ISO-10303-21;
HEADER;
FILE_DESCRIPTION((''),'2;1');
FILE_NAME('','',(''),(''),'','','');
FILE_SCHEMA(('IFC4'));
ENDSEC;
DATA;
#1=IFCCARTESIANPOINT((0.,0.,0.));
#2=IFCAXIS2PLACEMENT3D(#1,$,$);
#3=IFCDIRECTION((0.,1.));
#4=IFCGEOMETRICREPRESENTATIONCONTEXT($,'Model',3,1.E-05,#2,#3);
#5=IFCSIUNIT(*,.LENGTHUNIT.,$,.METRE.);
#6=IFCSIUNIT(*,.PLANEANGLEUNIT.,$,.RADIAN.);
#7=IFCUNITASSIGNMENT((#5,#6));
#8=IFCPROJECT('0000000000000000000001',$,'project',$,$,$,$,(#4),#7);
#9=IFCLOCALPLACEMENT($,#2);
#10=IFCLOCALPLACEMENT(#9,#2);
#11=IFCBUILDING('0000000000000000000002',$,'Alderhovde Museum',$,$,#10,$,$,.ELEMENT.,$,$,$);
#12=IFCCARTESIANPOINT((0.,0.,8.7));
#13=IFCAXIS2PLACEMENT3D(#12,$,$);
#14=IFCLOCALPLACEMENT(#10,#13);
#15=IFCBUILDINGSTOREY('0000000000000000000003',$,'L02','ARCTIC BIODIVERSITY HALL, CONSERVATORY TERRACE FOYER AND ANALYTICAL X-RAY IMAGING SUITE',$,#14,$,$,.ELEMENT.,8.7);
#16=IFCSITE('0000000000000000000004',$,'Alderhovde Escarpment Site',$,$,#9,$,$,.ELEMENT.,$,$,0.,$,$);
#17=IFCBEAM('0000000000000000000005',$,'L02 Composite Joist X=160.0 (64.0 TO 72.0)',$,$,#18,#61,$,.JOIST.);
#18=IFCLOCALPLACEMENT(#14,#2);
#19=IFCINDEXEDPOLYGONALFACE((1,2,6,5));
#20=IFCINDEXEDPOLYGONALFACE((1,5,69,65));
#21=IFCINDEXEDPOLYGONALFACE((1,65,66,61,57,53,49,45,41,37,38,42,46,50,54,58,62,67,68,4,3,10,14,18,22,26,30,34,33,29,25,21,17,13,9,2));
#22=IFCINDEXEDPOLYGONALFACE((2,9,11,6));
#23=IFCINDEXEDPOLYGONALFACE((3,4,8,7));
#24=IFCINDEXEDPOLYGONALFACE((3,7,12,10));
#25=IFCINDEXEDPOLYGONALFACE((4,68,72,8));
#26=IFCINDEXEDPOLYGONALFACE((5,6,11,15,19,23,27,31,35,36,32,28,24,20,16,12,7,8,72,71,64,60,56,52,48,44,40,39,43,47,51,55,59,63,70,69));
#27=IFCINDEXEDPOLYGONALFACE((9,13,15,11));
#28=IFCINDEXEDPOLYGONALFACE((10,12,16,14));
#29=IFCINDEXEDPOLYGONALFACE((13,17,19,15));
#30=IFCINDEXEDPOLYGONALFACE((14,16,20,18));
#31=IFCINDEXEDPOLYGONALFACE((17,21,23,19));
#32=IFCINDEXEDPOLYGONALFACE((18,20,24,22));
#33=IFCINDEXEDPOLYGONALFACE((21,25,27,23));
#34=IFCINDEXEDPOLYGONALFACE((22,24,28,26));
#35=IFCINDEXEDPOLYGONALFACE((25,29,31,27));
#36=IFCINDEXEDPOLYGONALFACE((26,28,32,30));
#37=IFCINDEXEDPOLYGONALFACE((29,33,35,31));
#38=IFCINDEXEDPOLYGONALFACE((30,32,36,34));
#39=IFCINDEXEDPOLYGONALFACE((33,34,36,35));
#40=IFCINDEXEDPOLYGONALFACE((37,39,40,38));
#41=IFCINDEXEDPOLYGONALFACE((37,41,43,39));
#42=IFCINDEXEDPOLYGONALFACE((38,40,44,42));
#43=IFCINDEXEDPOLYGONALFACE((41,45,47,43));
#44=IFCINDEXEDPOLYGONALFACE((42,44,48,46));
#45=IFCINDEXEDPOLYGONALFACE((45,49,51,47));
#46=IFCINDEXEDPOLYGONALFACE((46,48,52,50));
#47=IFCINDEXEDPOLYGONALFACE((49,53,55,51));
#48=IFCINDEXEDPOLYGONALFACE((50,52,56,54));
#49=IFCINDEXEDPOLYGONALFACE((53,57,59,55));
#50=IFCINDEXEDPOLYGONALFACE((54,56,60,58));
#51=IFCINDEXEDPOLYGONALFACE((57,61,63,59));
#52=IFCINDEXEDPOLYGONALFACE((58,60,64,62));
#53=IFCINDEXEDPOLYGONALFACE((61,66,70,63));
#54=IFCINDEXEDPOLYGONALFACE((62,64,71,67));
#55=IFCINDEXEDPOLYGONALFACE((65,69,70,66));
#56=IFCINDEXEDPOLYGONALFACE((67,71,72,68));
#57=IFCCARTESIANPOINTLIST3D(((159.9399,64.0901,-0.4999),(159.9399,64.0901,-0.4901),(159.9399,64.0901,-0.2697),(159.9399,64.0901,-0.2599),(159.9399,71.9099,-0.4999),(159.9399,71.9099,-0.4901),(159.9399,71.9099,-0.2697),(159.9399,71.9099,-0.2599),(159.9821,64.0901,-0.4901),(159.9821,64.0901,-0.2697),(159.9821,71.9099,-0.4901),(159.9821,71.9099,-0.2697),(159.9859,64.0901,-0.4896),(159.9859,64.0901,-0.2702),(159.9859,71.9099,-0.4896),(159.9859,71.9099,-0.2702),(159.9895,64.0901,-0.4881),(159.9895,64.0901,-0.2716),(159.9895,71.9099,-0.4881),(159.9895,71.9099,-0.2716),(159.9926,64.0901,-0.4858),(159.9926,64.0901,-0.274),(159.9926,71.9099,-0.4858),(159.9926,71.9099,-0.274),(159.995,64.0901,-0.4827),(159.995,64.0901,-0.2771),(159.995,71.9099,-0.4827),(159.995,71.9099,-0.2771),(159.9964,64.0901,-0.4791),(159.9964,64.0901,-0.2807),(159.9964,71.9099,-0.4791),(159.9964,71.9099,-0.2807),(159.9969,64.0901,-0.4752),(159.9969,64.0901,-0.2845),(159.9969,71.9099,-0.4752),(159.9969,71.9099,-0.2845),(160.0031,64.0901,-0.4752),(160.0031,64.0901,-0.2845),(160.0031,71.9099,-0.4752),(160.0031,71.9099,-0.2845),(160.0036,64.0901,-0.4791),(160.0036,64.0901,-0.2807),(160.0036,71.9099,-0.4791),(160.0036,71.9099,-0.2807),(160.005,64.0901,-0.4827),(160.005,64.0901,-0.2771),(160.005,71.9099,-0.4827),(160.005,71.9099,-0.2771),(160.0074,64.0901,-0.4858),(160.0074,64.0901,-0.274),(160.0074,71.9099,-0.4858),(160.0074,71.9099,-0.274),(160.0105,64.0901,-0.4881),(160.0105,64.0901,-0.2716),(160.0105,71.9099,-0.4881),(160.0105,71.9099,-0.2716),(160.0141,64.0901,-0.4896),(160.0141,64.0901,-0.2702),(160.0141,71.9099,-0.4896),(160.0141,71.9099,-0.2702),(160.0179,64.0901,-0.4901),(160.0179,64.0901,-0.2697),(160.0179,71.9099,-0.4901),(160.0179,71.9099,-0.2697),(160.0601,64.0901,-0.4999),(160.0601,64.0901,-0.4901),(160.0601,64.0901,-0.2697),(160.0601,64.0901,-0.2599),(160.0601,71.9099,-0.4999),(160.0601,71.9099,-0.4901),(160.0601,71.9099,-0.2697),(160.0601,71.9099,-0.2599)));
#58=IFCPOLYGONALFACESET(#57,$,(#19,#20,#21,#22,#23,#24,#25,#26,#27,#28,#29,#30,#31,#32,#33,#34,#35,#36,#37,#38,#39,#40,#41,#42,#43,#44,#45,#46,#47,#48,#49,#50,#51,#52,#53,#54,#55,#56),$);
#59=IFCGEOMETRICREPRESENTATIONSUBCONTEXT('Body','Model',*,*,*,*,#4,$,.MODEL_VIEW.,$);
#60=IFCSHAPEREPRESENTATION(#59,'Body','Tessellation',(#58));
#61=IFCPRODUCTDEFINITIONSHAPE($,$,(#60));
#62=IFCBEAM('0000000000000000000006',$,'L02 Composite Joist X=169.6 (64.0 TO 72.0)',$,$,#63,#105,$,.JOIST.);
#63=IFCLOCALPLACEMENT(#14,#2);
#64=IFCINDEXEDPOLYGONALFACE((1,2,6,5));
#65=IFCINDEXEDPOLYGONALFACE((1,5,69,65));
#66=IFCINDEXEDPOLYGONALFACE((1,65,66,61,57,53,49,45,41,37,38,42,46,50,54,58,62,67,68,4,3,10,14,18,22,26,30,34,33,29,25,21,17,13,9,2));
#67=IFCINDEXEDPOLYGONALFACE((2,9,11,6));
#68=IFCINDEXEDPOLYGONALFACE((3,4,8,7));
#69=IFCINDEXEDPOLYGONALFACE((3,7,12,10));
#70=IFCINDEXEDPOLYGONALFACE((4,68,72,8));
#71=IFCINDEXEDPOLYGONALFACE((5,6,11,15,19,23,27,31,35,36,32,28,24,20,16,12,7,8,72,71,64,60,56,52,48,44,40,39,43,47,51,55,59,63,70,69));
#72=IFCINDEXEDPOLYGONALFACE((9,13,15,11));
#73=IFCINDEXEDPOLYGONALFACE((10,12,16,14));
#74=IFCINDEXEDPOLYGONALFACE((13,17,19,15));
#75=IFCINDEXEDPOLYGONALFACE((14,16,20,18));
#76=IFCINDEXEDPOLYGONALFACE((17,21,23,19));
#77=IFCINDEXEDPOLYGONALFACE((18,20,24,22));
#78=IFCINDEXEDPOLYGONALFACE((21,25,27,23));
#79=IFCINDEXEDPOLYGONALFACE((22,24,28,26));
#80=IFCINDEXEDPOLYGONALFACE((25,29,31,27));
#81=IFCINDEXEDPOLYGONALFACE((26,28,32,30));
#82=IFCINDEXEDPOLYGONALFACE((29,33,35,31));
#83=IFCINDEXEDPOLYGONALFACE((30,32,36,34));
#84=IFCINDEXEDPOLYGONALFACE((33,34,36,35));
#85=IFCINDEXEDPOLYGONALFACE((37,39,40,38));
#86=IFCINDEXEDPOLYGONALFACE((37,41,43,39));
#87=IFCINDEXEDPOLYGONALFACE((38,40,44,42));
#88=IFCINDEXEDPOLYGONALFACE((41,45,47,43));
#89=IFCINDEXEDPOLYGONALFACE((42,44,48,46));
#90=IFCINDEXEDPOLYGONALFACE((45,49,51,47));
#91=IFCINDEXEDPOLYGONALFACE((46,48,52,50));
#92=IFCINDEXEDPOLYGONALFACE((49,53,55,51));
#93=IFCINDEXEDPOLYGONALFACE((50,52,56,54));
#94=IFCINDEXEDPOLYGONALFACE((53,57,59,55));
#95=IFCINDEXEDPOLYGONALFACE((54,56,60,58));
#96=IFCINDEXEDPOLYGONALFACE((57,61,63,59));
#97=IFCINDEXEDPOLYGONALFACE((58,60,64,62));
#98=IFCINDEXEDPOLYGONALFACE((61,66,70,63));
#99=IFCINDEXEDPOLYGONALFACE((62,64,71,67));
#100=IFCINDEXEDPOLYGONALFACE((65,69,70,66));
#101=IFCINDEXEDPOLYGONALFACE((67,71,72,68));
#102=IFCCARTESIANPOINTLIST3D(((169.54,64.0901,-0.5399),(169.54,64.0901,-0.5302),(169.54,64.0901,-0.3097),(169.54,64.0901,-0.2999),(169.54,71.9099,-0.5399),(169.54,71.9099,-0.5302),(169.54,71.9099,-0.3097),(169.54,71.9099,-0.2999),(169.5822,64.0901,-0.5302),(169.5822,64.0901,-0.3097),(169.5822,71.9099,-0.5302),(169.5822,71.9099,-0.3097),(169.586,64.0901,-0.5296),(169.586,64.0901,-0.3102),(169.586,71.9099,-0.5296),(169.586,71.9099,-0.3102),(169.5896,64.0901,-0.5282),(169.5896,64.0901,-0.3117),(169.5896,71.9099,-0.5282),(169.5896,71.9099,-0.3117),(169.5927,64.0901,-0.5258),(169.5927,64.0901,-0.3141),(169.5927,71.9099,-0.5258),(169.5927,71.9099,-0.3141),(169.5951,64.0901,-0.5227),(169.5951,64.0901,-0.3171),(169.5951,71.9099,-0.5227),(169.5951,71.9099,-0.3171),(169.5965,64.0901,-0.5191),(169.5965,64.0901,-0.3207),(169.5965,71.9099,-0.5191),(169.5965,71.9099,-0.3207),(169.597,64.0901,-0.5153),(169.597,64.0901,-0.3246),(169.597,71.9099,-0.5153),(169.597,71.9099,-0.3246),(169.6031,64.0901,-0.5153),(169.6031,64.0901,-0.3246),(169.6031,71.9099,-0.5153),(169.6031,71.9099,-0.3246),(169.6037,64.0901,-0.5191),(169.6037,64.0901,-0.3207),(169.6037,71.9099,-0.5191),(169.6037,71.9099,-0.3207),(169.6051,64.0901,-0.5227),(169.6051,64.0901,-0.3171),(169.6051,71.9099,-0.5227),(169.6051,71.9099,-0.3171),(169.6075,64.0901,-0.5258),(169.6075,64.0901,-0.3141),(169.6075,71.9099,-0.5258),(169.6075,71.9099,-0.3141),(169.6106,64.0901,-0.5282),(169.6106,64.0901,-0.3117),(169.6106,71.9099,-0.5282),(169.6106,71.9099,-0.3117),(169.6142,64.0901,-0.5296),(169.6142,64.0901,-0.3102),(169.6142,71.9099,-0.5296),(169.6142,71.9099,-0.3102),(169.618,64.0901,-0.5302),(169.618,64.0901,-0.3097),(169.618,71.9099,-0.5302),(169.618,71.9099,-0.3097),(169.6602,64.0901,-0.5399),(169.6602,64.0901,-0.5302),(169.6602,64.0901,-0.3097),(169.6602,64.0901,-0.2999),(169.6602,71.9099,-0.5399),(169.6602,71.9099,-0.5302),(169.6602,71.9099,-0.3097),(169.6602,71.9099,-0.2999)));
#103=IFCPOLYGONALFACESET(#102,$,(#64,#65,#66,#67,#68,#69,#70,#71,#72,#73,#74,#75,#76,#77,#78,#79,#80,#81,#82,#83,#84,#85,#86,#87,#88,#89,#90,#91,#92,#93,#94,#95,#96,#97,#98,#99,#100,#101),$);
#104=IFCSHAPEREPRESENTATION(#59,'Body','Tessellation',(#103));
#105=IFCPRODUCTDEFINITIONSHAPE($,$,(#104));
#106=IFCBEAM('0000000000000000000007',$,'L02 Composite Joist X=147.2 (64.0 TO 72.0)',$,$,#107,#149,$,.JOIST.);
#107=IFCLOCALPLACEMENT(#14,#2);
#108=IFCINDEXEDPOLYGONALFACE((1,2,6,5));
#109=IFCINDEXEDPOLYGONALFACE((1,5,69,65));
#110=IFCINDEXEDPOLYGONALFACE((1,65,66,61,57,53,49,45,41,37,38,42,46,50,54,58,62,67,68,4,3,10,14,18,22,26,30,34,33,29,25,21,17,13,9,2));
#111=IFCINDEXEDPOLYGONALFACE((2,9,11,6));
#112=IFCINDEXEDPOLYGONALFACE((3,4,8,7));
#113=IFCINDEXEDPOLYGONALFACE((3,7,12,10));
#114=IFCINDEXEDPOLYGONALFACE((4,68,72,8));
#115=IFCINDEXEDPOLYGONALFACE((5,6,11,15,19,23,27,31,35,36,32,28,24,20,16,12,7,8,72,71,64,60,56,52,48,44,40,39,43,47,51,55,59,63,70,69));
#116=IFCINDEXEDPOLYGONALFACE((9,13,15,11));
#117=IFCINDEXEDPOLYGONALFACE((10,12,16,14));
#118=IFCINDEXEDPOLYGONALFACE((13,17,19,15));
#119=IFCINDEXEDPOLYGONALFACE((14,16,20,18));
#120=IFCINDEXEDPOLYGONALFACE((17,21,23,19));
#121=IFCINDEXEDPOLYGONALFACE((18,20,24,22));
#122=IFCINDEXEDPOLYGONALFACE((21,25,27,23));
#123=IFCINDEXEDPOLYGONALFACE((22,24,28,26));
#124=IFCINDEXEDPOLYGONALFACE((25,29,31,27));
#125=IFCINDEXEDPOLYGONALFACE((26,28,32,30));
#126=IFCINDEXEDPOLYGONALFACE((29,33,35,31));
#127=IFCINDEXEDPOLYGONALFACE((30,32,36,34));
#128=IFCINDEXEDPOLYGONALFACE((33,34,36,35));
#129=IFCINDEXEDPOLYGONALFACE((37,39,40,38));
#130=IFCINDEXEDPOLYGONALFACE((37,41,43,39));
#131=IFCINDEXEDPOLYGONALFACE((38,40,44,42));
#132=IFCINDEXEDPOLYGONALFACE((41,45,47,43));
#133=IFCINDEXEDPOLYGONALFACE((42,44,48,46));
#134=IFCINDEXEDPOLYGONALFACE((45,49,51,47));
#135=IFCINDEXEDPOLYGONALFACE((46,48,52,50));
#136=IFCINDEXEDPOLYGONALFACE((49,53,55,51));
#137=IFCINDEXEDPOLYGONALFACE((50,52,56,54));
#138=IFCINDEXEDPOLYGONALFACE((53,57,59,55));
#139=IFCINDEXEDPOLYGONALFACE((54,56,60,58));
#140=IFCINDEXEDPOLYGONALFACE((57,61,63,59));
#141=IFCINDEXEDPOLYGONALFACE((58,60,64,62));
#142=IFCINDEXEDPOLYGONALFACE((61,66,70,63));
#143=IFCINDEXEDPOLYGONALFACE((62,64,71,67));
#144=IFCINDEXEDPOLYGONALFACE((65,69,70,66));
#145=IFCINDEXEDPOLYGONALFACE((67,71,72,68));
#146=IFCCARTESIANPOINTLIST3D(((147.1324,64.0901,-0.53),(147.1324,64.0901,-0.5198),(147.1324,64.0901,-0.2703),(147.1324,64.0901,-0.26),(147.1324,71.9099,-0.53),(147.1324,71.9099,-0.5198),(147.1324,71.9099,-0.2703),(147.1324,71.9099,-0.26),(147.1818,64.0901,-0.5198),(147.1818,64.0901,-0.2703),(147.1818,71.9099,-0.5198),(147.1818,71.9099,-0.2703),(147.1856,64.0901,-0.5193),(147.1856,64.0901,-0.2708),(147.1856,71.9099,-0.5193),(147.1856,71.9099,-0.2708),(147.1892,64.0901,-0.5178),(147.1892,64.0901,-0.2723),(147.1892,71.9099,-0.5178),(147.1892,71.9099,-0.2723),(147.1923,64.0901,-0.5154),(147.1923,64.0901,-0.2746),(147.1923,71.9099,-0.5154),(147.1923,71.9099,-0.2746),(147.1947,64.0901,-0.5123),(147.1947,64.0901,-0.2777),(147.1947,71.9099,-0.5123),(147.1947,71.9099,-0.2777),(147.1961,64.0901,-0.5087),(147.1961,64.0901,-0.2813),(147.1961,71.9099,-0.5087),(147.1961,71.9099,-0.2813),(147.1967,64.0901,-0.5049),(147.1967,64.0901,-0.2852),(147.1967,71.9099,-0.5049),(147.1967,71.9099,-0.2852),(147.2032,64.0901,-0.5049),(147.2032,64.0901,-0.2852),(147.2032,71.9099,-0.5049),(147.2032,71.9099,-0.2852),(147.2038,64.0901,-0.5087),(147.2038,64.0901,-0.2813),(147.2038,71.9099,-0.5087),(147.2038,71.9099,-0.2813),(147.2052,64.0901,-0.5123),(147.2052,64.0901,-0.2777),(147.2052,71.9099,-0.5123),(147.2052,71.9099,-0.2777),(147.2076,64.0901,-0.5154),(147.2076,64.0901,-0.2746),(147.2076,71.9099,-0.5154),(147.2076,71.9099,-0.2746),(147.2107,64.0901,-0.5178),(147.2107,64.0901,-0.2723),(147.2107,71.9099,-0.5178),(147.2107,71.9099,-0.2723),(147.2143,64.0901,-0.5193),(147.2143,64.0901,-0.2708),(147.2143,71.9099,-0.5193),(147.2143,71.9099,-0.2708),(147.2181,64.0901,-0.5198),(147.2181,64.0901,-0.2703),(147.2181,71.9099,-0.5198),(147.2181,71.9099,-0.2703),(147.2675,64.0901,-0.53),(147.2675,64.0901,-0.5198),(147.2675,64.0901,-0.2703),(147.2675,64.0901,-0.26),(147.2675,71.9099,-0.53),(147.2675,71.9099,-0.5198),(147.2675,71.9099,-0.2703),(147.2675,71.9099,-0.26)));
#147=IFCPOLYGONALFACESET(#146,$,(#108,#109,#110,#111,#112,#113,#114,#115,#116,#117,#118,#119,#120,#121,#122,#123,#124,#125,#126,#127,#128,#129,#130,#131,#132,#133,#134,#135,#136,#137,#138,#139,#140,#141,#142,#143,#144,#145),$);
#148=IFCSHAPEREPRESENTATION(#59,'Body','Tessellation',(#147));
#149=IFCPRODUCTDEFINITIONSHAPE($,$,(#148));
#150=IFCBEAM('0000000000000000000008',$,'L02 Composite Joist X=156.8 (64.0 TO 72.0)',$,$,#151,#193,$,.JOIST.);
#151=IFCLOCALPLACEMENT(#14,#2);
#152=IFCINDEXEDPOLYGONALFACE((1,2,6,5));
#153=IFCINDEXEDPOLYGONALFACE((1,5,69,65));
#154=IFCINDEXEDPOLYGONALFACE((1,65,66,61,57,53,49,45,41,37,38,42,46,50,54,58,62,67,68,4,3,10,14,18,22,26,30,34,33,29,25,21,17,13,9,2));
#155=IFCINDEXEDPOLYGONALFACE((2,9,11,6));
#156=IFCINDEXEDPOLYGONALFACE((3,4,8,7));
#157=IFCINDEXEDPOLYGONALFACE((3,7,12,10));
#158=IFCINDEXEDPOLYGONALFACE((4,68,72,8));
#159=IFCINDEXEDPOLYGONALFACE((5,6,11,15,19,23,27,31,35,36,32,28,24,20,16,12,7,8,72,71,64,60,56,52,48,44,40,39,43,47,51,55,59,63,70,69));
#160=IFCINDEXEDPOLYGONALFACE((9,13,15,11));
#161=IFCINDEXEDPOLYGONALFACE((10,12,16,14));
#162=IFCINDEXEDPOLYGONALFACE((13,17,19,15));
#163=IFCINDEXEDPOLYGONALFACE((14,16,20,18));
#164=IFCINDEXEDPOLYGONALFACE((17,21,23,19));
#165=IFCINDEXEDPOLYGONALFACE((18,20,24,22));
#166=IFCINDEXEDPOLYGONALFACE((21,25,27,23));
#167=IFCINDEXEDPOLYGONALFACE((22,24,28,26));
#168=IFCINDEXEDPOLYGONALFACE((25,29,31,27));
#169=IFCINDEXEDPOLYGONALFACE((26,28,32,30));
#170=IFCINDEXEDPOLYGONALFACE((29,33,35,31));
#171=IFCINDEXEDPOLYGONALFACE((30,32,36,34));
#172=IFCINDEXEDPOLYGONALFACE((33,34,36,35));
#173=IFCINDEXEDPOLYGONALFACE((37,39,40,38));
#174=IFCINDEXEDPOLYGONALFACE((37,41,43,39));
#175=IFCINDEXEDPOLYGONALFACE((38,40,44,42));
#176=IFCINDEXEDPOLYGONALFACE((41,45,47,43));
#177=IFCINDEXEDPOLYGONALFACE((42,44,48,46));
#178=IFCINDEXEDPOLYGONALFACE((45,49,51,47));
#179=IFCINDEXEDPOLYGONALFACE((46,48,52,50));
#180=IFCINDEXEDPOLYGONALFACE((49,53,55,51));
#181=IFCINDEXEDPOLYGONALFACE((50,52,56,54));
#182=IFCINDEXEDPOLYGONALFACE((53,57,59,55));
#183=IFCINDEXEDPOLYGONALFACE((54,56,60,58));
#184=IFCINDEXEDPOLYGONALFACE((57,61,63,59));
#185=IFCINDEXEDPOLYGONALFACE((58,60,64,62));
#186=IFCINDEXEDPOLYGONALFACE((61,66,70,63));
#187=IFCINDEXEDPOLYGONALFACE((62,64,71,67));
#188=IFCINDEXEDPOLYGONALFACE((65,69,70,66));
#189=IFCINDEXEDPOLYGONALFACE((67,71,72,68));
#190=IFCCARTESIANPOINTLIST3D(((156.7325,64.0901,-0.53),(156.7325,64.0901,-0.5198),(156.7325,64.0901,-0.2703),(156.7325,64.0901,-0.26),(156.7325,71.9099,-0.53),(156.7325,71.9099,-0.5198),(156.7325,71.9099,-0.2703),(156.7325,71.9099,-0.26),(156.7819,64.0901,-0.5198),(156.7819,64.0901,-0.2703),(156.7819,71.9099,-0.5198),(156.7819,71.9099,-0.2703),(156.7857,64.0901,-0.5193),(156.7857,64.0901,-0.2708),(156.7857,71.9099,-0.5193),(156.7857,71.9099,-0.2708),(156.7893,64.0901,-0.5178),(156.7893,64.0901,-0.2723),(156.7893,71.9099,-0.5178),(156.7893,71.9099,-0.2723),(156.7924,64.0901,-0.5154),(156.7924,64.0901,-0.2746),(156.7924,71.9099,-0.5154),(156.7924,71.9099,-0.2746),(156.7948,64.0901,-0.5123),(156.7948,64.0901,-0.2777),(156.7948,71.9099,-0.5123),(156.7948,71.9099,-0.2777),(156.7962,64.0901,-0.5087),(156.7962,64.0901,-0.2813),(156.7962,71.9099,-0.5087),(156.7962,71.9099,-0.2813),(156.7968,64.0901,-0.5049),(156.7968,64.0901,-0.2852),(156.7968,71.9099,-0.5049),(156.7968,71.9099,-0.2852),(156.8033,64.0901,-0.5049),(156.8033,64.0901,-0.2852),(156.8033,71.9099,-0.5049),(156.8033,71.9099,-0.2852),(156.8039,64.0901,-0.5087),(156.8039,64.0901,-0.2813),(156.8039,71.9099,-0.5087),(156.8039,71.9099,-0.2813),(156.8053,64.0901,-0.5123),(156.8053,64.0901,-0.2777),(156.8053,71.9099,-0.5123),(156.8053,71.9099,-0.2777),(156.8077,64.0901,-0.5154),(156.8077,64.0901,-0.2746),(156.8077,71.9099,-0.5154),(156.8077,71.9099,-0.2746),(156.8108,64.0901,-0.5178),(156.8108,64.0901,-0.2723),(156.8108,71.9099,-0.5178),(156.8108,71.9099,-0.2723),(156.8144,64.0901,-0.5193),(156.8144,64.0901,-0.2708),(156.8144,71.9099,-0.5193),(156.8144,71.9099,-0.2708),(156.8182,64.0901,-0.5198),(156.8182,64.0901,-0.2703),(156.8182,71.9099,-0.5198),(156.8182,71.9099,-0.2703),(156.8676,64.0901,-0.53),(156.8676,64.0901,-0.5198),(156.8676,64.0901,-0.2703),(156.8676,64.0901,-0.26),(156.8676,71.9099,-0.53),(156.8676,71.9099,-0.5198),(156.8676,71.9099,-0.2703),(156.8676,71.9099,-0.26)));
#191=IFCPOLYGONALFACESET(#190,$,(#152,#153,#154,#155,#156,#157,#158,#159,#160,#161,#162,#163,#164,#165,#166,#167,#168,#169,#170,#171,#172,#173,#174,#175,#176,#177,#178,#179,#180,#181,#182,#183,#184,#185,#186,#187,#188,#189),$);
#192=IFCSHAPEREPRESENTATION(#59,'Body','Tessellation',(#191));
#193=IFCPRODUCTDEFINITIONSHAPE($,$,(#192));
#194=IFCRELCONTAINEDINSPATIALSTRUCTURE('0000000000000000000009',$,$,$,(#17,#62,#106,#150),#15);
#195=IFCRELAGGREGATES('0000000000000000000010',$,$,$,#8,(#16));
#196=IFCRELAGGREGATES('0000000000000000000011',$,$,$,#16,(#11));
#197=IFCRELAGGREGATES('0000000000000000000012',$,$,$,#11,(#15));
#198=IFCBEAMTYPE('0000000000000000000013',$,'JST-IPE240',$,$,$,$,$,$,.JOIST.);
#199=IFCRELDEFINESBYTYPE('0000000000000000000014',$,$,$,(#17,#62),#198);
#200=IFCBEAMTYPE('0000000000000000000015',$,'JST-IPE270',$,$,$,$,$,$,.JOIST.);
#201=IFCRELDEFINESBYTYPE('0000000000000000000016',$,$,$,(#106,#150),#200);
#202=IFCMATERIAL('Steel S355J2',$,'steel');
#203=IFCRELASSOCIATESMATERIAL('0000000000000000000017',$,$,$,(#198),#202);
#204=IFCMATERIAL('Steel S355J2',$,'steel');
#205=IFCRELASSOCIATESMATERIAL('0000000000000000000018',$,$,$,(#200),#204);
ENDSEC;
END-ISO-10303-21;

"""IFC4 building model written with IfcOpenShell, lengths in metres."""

from ifc_helpers import new_model, si_unit, direction, frame, origin, origin_2d, place, context, subcontext, project, spatial, i_section, extrude, material, material_profile, profile_set, type_object, element, save


model = new_model("IFC4")

# Units and contexts
model_context = context("Model", 3, precision=1e-05, world=origin(), true_north=direction((0.0, 1.0)))
body_context = subcontext(model_context, "Body", "Model", "MODEL_VIEW")
ifc_project = project(units=[si_unit("LENGTHUNIT", "METRE"), si_unit("PLANEANGLEUNIT", "RADIAN")], contexts=[model_context])

# Site, building, storey
site_placement = place(None, origin())
site = spatial("IfcSite", under=ifc_project, at=site_placement, Name="Alderhovde Escarpment Site", CompositionType="ELEMENT", RefElevation=0.0)
building_placement = place(site_placement, origin())
building = spatial("IfcBuilding", under=site, at=building_placement, Name="Alderhovde Museum", CompositionType="ELEMENT")
storey_placement = place(building_placement, frame((0.0, 0.0, 8.7)))
storey = spatial("IfcBuildingStorey", under=building, at=storey_placement, Name="L02", Description="ARCTIC BIODIVERSITY HALL, CONSERVATORY TERRACE FOYER AND ANALYTICAL X-RAY IMAGING SUITE", CompositionType="ELEMENT", Elevation=8.7)

# Beams
ifc_material_1 = material(Name="Steel S355J2", Category="steel")
ifc_material_profile_1 = material_profile(ifc_material_1, i_section(OverallWidth=0.1201, OverallDepth=0.24, WebThickness=0.0061, FlangeThickness=0.0098, FilletRadius=0.0149, at=origin_2d()), Name="IPE 240")
ifc_profile_set_1 = profile_set([ifc_material_profile_1], Name="Steel S355J2")
beam_type_1 = type_object("IfcBeamType", Name="JST-IPE240", PredefinedType="JOIST", material=ifc_profile_set_1)
for number, where, z_axis, x_axis, name in (
    (1, (160.0, 64.0901, -0.3799), (0.0, 1.0, 0.0), (-1.0, 0.0, 0.0), "L02 Composite Joist X=160.0 (64.0 TO 72.0)"),
    (2, (169.6001, 64.0901, -0.4199), (0.0, 1.0, 0.0), (-1.0, 0.0, 0.0), "L02 Composite Joist X=169.6 (64.0 TO 72.0)"),
):
    element("IfcBeam", number, at=place(storey_placement, frame(where, z_axis=z_axis, x_axis=x_axis)), inside=storey, type_object=beam_type_1, Name=name, PredefinedType="JOIST", context=body_context, shape_type="SweptSolid", body=[
        extrude(i_section(OverallWidth=0.1201, OverallDepth=0.24, WebThickness=0.0061, FlangeThickness=0.0098, FilletRadius=0.0149, at=origin_2d()), origin(), (0.0, 0.0, 1.0), 7.8198),
    ])
ifc_material_2 = material(Name="Steel S355J2", Category="steel")
ifc_material_profile_2 = material_profile(ifc_material_2, i_section(OverallWidth=0.135, OverallDepth=0.27, WebThickness=0.0066, FlangeThickness=0.0103, FilletRadius=0.0149, at=origin_2d()), Name="IPE 270")
ifc_profile_set_2 = profile_set([ifc_material_profile_2], Name="Steel S355J2")
beam_type_2 = type_object("IfcBeamType", Name="JST-IPE270", PredefinedType="JOIST", material=ifc_profile_set_2)
for number, where, z_axis, x_axis, name in (
    (3, (147.2, 64.0901, -0.395), (0.0, 1.0, 0.0), (-1.0, 0.0, 0.0), "L02 Composite Joist X=147.2 (64.0 TO 72.0)"),
    (4, (156.8, 64.0901, -0.395), (0.0, 1.0, 0.0), (-1.0, 0.0, 0.0), "L02 Composite Joist X=156.8 (64.0 TO 72.0)"),
):
    element("IfcBeam", number, at=place(storey_placement, frame(where, z_axis=z_axis, x_axis=x_axis)), inside=storey, type_object=beam_type_2, Name=name, PredefinedType="JOIST", context=body_context, shape_type="SweptSolid", body=[
        extrude(i_section(OverallWidth=0.135, OverallDepth=0.27, WebThickness=0.0066, FlangeThickness=0.0103, FilletRadius=0.0149, at=origin_2d()), origin(), (0.0, 0.0, 1.0), 7.8198),
    ])

save(model, "model.ifc")
